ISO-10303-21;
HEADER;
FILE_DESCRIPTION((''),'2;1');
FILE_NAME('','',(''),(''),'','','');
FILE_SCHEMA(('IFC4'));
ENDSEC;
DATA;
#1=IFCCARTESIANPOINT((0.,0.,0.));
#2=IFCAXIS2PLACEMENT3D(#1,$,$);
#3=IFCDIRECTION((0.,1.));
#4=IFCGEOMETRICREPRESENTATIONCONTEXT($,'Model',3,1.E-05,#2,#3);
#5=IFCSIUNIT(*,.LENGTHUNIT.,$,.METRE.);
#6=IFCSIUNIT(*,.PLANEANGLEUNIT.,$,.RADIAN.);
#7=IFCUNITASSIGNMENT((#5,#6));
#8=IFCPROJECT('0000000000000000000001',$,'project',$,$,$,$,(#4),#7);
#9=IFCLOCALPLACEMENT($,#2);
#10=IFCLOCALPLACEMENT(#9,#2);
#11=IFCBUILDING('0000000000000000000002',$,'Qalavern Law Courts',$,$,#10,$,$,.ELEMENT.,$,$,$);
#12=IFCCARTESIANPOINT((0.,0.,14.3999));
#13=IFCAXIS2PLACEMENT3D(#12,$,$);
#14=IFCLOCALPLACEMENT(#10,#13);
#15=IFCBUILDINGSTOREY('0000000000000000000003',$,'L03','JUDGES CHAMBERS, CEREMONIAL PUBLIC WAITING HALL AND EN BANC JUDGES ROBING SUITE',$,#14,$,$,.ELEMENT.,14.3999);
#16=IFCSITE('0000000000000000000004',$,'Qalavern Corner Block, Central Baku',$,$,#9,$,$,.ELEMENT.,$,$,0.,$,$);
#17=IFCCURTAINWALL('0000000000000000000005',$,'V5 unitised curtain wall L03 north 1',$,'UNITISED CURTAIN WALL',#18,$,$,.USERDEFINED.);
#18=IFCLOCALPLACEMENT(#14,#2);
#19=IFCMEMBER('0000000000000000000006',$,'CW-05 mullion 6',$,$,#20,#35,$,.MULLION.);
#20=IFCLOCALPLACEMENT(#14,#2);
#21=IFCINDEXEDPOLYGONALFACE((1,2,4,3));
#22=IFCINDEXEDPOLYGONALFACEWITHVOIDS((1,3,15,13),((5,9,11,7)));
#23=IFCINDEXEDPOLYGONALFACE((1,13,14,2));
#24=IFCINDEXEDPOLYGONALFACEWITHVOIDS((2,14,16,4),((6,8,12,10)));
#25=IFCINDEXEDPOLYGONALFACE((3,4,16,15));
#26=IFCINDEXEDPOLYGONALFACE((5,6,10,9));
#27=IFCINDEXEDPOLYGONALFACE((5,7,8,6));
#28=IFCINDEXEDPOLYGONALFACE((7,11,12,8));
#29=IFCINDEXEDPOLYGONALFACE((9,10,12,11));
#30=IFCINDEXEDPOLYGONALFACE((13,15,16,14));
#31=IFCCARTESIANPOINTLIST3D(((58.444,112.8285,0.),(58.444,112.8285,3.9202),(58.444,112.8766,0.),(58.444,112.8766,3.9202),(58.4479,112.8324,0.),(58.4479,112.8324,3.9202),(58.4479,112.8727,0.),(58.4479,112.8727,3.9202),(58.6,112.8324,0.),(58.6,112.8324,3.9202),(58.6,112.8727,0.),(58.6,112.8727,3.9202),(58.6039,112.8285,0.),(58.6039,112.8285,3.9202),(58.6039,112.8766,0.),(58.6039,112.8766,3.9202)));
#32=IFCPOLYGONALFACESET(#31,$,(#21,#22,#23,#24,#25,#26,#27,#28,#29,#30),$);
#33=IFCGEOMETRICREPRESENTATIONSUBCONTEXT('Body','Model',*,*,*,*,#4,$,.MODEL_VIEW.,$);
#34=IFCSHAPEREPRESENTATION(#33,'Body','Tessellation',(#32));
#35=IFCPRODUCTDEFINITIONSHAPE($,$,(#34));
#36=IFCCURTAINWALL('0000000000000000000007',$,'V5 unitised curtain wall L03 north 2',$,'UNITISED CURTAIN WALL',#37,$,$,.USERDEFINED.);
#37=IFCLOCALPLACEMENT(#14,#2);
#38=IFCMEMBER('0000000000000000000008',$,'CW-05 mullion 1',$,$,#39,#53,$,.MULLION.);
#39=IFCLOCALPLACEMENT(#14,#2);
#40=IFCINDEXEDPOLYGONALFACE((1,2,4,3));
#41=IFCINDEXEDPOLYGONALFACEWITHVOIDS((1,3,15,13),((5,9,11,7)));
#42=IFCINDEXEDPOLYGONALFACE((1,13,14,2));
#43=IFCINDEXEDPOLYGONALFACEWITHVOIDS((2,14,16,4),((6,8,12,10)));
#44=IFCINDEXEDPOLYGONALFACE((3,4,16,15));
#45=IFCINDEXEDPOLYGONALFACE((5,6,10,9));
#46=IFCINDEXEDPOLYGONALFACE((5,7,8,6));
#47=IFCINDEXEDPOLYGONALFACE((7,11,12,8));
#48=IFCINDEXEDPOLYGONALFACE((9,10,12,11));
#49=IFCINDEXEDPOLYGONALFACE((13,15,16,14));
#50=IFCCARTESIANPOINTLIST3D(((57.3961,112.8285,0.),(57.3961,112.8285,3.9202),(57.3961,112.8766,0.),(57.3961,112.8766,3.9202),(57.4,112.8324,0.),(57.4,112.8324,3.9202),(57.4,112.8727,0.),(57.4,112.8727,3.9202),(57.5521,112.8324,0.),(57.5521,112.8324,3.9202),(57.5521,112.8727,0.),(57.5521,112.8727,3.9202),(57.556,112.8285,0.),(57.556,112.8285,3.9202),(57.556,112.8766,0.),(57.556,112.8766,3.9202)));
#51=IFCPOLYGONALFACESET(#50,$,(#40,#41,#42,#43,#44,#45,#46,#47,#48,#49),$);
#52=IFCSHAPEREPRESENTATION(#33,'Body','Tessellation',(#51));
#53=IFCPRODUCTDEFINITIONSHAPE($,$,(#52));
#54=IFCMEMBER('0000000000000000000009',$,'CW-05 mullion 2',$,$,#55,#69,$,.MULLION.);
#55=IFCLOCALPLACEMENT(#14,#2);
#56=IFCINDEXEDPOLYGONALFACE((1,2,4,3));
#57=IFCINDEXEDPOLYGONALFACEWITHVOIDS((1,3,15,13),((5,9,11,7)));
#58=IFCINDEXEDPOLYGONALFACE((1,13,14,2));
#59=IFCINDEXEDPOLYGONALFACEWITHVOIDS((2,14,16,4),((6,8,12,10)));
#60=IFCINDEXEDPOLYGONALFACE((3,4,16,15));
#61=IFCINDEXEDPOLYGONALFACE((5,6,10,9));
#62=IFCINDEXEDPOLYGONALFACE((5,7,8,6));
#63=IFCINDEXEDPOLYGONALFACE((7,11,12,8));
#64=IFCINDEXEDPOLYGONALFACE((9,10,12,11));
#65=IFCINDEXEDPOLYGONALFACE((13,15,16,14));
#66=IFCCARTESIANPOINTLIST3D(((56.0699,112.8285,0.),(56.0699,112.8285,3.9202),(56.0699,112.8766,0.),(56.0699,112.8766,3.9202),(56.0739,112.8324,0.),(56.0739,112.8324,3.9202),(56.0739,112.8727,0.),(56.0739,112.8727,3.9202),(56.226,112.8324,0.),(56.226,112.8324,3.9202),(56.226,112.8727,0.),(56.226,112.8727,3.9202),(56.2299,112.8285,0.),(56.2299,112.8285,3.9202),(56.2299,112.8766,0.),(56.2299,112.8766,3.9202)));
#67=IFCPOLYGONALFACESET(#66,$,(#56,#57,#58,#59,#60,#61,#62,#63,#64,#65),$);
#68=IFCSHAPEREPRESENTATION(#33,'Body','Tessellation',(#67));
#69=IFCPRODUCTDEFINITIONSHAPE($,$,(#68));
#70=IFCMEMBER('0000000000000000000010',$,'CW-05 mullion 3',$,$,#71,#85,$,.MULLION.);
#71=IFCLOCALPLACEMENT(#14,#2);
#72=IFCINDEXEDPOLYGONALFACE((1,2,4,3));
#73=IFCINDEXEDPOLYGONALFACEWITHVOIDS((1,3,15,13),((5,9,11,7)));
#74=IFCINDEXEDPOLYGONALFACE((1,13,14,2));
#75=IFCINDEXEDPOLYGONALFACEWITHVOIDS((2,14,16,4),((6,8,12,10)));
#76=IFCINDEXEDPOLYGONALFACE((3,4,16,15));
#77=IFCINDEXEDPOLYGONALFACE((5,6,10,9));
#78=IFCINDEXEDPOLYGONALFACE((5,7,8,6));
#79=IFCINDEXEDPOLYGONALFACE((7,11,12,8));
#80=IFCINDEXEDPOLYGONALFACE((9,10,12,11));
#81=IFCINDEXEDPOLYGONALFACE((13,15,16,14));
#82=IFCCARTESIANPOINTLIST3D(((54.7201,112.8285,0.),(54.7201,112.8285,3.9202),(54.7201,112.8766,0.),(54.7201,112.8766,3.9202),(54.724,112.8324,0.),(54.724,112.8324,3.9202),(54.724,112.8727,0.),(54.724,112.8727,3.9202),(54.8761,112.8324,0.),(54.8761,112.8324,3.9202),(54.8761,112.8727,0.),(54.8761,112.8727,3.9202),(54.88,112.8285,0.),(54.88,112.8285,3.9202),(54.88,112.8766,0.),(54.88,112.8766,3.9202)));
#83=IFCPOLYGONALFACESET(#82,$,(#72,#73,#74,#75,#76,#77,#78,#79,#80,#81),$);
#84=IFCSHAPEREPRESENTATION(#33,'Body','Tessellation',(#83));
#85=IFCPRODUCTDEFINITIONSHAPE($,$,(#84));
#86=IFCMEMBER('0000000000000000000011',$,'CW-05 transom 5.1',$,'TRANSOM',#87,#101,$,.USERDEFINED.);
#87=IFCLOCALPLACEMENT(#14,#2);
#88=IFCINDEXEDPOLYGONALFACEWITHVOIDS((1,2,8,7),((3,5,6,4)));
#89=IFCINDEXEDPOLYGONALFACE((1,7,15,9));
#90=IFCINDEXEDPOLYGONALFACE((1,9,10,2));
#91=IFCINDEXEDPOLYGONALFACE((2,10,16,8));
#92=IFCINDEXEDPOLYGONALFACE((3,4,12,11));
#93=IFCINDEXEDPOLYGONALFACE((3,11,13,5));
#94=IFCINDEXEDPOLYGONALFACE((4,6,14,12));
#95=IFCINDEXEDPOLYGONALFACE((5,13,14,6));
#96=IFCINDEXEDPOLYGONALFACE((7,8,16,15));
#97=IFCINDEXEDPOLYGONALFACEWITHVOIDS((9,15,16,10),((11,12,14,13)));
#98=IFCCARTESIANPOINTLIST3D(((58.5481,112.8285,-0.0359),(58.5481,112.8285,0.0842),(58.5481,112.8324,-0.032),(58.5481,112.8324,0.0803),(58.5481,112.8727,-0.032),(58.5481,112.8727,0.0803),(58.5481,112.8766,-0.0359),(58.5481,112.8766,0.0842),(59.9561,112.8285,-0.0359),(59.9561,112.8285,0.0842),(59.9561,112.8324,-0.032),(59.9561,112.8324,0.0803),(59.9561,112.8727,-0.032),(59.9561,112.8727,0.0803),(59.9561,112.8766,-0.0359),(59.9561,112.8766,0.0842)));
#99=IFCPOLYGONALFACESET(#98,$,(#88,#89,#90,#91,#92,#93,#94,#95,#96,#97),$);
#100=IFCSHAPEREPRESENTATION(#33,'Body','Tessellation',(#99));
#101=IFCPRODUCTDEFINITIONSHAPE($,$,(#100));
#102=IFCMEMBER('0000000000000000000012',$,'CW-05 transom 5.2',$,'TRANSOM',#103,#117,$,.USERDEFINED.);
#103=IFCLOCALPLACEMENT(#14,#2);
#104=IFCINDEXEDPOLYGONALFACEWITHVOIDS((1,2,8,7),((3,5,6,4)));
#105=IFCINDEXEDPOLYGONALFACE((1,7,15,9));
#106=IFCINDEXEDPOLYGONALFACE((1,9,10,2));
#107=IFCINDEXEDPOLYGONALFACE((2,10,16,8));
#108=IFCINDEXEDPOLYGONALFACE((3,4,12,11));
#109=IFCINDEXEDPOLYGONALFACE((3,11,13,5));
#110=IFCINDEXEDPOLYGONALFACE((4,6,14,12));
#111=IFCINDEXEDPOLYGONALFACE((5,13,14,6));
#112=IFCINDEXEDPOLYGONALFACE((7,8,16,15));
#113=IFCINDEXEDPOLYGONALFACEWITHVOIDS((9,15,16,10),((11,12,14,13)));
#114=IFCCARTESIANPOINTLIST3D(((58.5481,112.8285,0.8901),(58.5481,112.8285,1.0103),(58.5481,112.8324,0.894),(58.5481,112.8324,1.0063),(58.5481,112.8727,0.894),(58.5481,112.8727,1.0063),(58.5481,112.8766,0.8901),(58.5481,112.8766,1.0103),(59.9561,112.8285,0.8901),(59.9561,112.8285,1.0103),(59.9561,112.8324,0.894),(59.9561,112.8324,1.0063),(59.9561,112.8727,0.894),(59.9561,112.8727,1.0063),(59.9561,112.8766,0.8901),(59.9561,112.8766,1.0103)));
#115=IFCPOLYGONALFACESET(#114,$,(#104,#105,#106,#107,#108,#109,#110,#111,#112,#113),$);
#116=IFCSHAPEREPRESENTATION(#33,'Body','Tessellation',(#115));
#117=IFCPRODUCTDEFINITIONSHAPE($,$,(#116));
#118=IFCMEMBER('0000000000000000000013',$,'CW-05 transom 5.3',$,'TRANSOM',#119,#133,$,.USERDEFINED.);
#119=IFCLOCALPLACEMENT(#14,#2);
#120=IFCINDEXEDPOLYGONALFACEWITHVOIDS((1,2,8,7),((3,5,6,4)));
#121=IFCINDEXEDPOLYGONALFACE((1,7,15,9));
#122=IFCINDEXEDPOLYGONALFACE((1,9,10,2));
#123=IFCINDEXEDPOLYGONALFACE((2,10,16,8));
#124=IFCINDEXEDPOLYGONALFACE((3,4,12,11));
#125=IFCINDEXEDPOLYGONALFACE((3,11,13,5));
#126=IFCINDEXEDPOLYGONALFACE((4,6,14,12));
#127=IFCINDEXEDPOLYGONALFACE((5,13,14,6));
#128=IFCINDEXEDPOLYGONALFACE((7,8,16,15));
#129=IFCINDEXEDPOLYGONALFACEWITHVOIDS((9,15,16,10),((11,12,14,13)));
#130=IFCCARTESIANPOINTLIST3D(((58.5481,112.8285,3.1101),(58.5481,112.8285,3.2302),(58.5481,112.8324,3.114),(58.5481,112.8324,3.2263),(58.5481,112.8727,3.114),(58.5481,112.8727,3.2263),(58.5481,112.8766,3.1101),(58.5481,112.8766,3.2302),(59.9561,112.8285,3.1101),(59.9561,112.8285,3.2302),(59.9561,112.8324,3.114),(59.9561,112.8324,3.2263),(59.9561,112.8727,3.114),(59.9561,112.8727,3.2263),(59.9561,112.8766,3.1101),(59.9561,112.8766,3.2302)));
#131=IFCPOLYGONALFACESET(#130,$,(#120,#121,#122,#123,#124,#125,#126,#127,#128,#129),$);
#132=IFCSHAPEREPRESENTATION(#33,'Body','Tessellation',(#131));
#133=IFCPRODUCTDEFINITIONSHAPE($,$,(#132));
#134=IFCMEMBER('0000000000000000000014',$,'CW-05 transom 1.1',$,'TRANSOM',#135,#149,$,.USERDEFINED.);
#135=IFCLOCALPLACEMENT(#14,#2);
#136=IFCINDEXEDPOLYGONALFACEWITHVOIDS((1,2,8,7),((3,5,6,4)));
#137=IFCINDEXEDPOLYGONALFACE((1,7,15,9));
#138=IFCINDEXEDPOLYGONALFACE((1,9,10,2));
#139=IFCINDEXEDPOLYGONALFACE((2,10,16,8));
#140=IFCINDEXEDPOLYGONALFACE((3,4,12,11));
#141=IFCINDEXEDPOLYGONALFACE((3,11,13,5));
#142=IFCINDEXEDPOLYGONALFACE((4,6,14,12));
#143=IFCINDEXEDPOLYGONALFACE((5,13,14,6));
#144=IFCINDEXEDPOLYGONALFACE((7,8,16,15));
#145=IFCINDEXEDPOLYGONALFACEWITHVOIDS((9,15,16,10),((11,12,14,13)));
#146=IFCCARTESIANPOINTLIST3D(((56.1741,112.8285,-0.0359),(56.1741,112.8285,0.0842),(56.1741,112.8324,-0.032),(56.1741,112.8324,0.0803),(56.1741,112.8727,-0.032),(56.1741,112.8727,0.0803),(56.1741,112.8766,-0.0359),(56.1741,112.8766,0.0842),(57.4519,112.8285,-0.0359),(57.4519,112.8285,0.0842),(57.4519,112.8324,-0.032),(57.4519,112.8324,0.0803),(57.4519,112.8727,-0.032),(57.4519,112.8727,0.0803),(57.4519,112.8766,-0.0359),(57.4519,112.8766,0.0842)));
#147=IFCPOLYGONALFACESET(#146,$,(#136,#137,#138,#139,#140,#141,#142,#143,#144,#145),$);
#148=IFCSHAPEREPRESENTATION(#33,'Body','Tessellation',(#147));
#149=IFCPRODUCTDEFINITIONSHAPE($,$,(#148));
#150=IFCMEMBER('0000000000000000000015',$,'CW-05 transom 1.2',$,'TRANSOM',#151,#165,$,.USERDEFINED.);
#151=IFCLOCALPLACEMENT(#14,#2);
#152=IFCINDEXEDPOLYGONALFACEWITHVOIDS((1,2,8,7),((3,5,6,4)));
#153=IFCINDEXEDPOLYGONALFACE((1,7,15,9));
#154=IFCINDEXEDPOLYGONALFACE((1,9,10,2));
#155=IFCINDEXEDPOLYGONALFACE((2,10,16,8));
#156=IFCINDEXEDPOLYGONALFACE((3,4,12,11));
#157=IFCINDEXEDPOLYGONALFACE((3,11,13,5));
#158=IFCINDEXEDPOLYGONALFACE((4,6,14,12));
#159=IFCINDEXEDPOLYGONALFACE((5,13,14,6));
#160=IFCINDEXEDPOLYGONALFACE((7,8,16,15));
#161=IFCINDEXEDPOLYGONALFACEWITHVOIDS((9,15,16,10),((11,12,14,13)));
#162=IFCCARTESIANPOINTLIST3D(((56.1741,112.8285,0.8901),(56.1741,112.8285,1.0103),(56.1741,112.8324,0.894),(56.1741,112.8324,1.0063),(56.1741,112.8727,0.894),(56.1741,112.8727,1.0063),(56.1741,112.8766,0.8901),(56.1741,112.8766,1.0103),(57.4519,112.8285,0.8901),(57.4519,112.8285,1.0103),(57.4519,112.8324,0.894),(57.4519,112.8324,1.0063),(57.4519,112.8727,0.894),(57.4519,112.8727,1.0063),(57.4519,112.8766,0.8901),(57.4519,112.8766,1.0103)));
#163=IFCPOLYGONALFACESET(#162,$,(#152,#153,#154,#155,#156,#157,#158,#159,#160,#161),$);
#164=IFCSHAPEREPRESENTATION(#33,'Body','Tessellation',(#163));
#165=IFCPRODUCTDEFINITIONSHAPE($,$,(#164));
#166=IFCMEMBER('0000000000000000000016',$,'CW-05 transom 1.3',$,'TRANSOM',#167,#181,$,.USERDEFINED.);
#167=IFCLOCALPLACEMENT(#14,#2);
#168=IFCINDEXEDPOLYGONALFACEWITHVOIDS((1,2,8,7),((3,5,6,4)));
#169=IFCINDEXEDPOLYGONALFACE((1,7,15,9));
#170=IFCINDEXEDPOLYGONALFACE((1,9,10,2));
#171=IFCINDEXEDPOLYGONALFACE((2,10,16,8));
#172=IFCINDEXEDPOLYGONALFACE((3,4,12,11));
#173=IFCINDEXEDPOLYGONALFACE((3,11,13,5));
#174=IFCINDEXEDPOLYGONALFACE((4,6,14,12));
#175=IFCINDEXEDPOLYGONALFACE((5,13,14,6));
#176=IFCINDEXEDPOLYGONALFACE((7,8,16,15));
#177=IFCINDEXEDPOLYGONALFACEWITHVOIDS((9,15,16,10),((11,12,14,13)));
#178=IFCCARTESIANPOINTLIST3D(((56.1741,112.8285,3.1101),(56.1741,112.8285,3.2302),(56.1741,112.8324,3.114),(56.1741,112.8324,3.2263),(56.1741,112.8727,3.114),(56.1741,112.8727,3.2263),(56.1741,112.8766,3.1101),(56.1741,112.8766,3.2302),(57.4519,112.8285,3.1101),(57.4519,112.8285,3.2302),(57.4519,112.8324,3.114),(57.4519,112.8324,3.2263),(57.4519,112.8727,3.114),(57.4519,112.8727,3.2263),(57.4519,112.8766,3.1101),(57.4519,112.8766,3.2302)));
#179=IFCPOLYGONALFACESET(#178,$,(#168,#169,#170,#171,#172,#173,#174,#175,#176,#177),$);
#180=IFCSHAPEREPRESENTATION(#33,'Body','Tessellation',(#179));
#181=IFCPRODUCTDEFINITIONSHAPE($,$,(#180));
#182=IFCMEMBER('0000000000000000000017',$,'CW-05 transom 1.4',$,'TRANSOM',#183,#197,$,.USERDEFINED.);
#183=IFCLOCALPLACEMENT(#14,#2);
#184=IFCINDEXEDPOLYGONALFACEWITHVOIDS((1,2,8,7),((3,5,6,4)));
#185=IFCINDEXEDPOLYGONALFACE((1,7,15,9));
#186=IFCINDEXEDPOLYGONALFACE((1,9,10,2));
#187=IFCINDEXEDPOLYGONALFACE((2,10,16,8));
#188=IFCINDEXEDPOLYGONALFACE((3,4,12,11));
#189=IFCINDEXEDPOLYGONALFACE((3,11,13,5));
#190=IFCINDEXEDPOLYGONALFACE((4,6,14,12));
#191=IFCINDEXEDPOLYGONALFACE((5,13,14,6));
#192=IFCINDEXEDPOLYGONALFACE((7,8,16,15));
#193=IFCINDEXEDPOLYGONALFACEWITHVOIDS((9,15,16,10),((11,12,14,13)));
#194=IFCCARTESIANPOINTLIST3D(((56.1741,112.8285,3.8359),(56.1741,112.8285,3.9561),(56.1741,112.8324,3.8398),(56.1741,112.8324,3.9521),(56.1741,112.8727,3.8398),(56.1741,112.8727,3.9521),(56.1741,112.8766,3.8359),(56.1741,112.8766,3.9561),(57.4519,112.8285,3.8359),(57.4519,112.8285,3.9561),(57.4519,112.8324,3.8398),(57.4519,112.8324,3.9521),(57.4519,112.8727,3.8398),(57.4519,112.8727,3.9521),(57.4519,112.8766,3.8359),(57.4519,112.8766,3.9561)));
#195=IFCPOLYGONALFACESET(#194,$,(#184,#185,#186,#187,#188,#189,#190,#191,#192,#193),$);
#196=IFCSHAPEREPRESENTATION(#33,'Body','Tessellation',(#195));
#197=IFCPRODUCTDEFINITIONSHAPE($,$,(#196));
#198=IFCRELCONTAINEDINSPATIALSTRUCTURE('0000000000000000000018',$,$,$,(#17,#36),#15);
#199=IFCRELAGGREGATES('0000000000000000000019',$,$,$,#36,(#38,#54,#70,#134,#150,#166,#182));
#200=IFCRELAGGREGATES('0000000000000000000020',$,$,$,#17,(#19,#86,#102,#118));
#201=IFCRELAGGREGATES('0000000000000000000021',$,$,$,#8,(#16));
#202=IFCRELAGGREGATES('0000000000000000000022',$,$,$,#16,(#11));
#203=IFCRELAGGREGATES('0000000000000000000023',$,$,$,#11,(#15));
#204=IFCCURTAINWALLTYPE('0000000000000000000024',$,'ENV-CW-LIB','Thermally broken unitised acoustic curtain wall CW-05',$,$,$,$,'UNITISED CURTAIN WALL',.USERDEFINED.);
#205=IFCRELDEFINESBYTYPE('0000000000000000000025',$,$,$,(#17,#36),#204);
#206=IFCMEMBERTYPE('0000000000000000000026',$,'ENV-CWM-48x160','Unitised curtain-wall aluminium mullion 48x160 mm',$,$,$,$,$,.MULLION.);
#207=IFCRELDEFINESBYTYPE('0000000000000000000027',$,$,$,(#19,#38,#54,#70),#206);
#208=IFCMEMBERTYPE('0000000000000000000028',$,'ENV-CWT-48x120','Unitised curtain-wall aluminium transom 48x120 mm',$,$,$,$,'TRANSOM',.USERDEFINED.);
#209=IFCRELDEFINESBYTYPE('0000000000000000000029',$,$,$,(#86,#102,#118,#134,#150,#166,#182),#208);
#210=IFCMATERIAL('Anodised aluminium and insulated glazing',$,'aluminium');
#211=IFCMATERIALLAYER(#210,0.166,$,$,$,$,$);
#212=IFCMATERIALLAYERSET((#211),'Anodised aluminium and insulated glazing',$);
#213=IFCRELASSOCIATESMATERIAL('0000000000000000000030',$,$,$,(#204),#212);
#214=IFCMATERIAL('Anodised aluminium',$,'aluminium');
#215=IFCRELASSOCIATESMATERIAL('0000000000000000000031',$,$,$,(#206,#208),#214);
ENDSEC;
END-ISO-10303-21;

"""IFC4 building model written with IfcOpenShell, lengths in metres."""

from ifc_helpers import new_model, si_unit, direction, frame, origin, origin_2d, place, context, subcontext, project, spatial, hollow_rectangle, extrude, material, layer, layer_set, material_profile, profile_set, type_object, element, aggregate, save


model = new_model("IFC4")

# Units and contexts
model_context = context("Model", 3, precision=1e-05, world=origin(), true_north=direction((0.0, 1.0)))
body_context = subcontext(model_context, "Body", "Model", "MODEL_VIEW")
ifc_project = project(units=[si_unit("LENGTHUNIT", "METRE"), si_unit("PLANEANGLEUNIT", "RADIAN")], contexts=[model_context])

# Site, building, storey
site_placement = place(None, origin())
site = spatial("IfcSite", under=ifc_project, at=site_placement, Name="Qalavern Corner Block, Central Baku", CompositionType="ELEMENT", RefElevation=0.0)
building_placement = place(site_placement, origin())
building = spatial("IfcBuilding", under=site, at=building_placement, Name="Qalavern Law Courts", CompositionType="ELEMENT")
storey_placement = place(building_placement, frame((0.0, 0.0, 14.3999)))
storey = spatial("IfcBuildingStorey", under=building, at=storey_placement, Name="L03", Description="JUDGES CHAMBERS, CEREMONIAL PUBLIC WAITING HALL AND EN BANC JUDGES ROBING SUITE", CompositionType="ELEMENT", Elevation=14.3999)

# Curtain wall, member
ifc_material_1 = material(Name="Anodised aluminium and insulated glazing", Category="aluminium")
ifc_layer_1 = layer(ifc_material_1, 0.166)
ifc_layer_set_1 = layer_set([ifc_layer_1], Name="Anodised aluminium and insulated glazing")
curtain_wall_type = type_object("IfcCurtainWallType", Name="ENV-CW-LIB", Description="Thermally broken unitised acoustic curtain wall CW-05", ElementType="UNITISED CURTAIN WALL", PredefinedType="USERDEFINED", material=ifc_layer_set_1)
curtain_wall_1_placement = place(storey_placement, origin())
curtain_wall_1 = element("IfcCurtainWall", 1, at=curtain_wall_1_placement, inside=storey, type_object=curtain_wall_type, Name="V5 unitised curtain wall L03 north 1", ObjectType="UNITISED CURTAIN WALL", PredefinedType="USERDEFINED")
ifc_material_2 = material(Name="Anodised aluminium", Category="aluminium")
ifc_material_profile_1 = material_profile(ifc_material_2, hollow_rectangle(XDim=0.0481, YDim=0.1599, WallThickness=0.0039, at=origin_2d()), Name="ALU MULLION 48x160")
ifc_profile_set_1 = profile_set([ifc_material_profile_1], Name="Anodised aluminium")
member_type_1 = type_object("IfcMemberType", Name="ENV-CWM-48x160", Description="Unitised curtain-wall aluminium mullion 48x160 mm", PredefinedType="MULLION", material=ifc_profile_set_1)
member_1_placement = place(storey_placement, frame((58.5239, 112.8525, 0.0), z_axis=(0.0, 0.0, 1.0), x_axis=(0.0, -1.0, 0.0)))
member_1 = element("IfcMember", 2, at=member_1_placement, type_object=member_type_1, Name="CW-05 mullion 6", PredefinedType="MULLION", context=body_context, shape_type="SweptSolid", body=[
    extrude(hollow_rectangle(XDim=0.0481, YDim=0.1599, WallThickness=0.0039, at=origin_2d()), origin(), (0.0, 0.0, 1.0), 3.9202),
])

# Curtain wall, members
curtain_wall_2_placement = place(storey_placement, origin())
curtain_wall_2 = element("IfcCurtainWall", 3, at=curtain_wall_2_placement, inside=storey, type_object=curtain_wall_type, Name="V5 unitised curtain wall L03 north 2", ObjectType="UNITISED CURTAIN WALL", PredefinedType="USERDEFINED")
member_2_placement = place(storey_placement, frame((57.4761, 112.8525, 0.0), z_axis=(0.0, 0.0, 1.0), x_axis=(0.0, -1.0, 0.0)))
member_2 = element("IfcMember", 4, at=member_2_placement, type_object=member_type_1, Name="CW-05 mullion 1", PredefinedType="MULLION", context=body_context, shape_type="SweptSolid", body=[
    extrude(hollow_rectangle(XDim=0.0481, YDim=0.1599, WallThickness=0.0039, at=origin_2d()), origin(), (0.0, 0.0, 1.0), 3.9202),
])
member_3_placement = place(storey_placement, frame((56.1499, 112.8525, 0.0), z_axis=(0.0, 0.0, 1.0), x_axis=(0.0, -1.0, 0.0)))
member_3 = element("IfcMember", 5, at=member_3_placement, type_object=member_type_1, Name="CW-05 mullion 2", PredefinedType="MULLION", context=body_context, shape_type="SweptSolid", body=[
    extrude(hollow_rectangle(XDim=0.0481, YDim=0.1599, WallThickness=0.0039, at=origin_2d()), origin(), (0.0, 0.0, 1.0), 3.9202),
])
member_4_placement = place(storey_placement, frame((54.8, 112.8525, 0.0), z_axis=(0.0, 0.0, 1.0), x_axis=(0.0, -1.0, 0.0)))
member_4 = element("IfcMember", 6, at=member_4_placement, type_object=member_type_1, Name="CW-05 mullion 3", PredefinedType="MULLION", context=body_context, shape_type="SweptSolid", body=[
    extrude(hollow_rectangle(XDim=0.0481, YDim=0.1599, WallThickness=0.0039, at=origin_2d()), origin(), (0.0, 0.0, 1.0), 3.9202),
])

# Members
ifc_material_profile_2 = material_profile(ifc_material_2, hollow_rectangle(XDim=0.0481, YDim=0.1201, WallThickness=0.0039, at=origin_2d()), Name="ALU TRANSOM 48x120")
ifc_profile_set_2 = profile_set([ifc_material_profile_2], Name="Anodised aluminium")
member_type_2 = type_object("IfcMemberType", Name="ENV-CWT-48x120", Description="Unitised curtain-wall aluminium transom 48x120 mm", ElementType="TRANSOM", PredefinedType="USERDEFINED", material=ifc_profile_set_2)
member_5_placement = place(storey_placement, frame((59.9561, 112.8525, 0.0242), z_axis=(-1.0, 0.0, 0.0), x_axis=(0.0, -1.0, 0.0)))
member_5 = element("IfcMember", 7, at=member_5_placement, type_object=member_type_2, Name="CW-05 transom 5.1", ObjectType="TRANSOM", PredefinedType="USERDEFINED", context=body_context, shape_type="SweptSolid", body=[
    extrude(hollow_rectangle(XDim=0.0481, YDim=0.1201, WallThickness=0.0039, at=origin_2d()), origin(), (0.0, 0.0, 1.0), 1.408),
])
member_6_placement = place(storey_placement, frame((59.9561, 112.8525, 0.9502), z_axis=(-1.0, 0.0, 0.0), x_axis=(0.0, -1.0, 0.0)))
member_6 = element("IfcMember", 8, at=member_6_placement, type_object=member_type_2, Name="CW-05 transom 5.2", ObjectType="TRANSOM", PredefinedType="USERDEFINED", context=body_context, shape_type="SweptSolid", body=[
    extrude(hollow_rectangle(XDim=0.0481, YDim=0.1201, WallThickness=0.0039, at=origin_2d()), origin(), (0.0, 0.0, 1.0), 1.408),
])
member_7_placement = place(storey_placement, frame((59.9561, 112.8525, 3.1702), z_axis=(-1.0, 0.0, 0.0), x_axis=(0.0, -1.0, 0.0)))
member_7 = element("IfcMember", 9, at=member_7_placement, type_object=member_type_2, Name="CW-05 transom 5.3", ObjectType="TRANSOM", PredefinedType="USERDEFINED", context=body_context, shape_type="SweptSolid", body=[
    extrude(hollow_rectangle(XDim=0.0481, YDim=0.1201, WallThickness=0.0039, at=origin_2d()), origin(), (0.0, 0.0, 1.0), 1.408),
])
member_8_placement = place(storey_placement, frame((57.4519, 112.8525, 0.0242), z_axis=(-1.0, 0.0, 0.0), x_axis=(0.0, -1.0, 0.0)))
member_8 = element("IfcMember", 10, at=member_8_placement, type_object=member_type_2, Name="CW-05 transom 1.1", ObjectType="TRANSOM", PredefinedType="USERDEFINED", context=body_context, shape_type="SweptSolid", body=[
    extrude(hollow_rectangle(XDim=0.0481, YDim=0.1201, WallThickness=0.0039, at=origin_2d()), origin(), (0.0, 0.0, 1.0), 1.2778),
])
member_9_placement = place(storey_placement, frame((57.4519, 112.8525, 0.9502), z_axis=(-1.0, 0.0, 0.0), x_axis=(0.0, -1.0, 0.0)))
member_9 = element("IfcMember", 11, at=member_9_placement, type_object=member_type_2, Name="CW-05 transom 1.2", ObjectType="TRANSOM", PredefinedType="USERDEFINED", context=body_context, shape_type="SweptSolid", body=[
    extrude(hollow_rectangle(XDim=0.0481, YDim=0.1201, WallThickness=0.0039, at=origin_2d()), origin(), (0.0, 0.0, 1.0), 1.2778),
])
member_10_placement = place(storey_placement, frame((57.4519, 112.8525, 3.1702), z_axis=(-1.0, 0.0, 0.0), x_axis=(0.0, -1.0, 0.0)))
member_10 = element("IfcMember", 12, at=member_10_placement, type_object=member_type_2, Name="CW-05 transom 1.3", ObjectType="TRANSOM", PredefinedType="USERDEFINED", context=body_context, shape_type="SweptSolid", body=[
    extrude(hollow_rectangle(XDim=0.0481, YDim=0.1201, WallThickness=0.0039, at=origin_2d()), origin(), (0.0, 0.0, 1.0), 1.2778),
])
member_11_placement = place(storey_placement, frame((57.4519, 112.8525, 3.896), z_axis=(-1.0, 0.0, 0.0), x_axis=(0.0, -1.0, 0.0)))
member_11 = element("IfcMember", 13, at=member_11_placement, type_object=member_type_2, Name="CW-05 transom 1.4", ObjectType="TRANSOM", PredefinedType="USERDEFINED", context=body_context, shape_type="SweptSolid", body=[
    extrude(hollow_rectangle(XDim=0.0481, YDim=0.1201, WallThickness=0.0039, at=origin_2d()), origin(), (0.0, 0.0, 1.0), 1.2778),
])

aggregate(curtain_wall_2, [member_2, member_3, member_4, member_8, member_9, member_10, member_11])
aggregate(curtain_wall_1, [member_1, member_5, member_6, member_7])

save(model, "model.ifc")
